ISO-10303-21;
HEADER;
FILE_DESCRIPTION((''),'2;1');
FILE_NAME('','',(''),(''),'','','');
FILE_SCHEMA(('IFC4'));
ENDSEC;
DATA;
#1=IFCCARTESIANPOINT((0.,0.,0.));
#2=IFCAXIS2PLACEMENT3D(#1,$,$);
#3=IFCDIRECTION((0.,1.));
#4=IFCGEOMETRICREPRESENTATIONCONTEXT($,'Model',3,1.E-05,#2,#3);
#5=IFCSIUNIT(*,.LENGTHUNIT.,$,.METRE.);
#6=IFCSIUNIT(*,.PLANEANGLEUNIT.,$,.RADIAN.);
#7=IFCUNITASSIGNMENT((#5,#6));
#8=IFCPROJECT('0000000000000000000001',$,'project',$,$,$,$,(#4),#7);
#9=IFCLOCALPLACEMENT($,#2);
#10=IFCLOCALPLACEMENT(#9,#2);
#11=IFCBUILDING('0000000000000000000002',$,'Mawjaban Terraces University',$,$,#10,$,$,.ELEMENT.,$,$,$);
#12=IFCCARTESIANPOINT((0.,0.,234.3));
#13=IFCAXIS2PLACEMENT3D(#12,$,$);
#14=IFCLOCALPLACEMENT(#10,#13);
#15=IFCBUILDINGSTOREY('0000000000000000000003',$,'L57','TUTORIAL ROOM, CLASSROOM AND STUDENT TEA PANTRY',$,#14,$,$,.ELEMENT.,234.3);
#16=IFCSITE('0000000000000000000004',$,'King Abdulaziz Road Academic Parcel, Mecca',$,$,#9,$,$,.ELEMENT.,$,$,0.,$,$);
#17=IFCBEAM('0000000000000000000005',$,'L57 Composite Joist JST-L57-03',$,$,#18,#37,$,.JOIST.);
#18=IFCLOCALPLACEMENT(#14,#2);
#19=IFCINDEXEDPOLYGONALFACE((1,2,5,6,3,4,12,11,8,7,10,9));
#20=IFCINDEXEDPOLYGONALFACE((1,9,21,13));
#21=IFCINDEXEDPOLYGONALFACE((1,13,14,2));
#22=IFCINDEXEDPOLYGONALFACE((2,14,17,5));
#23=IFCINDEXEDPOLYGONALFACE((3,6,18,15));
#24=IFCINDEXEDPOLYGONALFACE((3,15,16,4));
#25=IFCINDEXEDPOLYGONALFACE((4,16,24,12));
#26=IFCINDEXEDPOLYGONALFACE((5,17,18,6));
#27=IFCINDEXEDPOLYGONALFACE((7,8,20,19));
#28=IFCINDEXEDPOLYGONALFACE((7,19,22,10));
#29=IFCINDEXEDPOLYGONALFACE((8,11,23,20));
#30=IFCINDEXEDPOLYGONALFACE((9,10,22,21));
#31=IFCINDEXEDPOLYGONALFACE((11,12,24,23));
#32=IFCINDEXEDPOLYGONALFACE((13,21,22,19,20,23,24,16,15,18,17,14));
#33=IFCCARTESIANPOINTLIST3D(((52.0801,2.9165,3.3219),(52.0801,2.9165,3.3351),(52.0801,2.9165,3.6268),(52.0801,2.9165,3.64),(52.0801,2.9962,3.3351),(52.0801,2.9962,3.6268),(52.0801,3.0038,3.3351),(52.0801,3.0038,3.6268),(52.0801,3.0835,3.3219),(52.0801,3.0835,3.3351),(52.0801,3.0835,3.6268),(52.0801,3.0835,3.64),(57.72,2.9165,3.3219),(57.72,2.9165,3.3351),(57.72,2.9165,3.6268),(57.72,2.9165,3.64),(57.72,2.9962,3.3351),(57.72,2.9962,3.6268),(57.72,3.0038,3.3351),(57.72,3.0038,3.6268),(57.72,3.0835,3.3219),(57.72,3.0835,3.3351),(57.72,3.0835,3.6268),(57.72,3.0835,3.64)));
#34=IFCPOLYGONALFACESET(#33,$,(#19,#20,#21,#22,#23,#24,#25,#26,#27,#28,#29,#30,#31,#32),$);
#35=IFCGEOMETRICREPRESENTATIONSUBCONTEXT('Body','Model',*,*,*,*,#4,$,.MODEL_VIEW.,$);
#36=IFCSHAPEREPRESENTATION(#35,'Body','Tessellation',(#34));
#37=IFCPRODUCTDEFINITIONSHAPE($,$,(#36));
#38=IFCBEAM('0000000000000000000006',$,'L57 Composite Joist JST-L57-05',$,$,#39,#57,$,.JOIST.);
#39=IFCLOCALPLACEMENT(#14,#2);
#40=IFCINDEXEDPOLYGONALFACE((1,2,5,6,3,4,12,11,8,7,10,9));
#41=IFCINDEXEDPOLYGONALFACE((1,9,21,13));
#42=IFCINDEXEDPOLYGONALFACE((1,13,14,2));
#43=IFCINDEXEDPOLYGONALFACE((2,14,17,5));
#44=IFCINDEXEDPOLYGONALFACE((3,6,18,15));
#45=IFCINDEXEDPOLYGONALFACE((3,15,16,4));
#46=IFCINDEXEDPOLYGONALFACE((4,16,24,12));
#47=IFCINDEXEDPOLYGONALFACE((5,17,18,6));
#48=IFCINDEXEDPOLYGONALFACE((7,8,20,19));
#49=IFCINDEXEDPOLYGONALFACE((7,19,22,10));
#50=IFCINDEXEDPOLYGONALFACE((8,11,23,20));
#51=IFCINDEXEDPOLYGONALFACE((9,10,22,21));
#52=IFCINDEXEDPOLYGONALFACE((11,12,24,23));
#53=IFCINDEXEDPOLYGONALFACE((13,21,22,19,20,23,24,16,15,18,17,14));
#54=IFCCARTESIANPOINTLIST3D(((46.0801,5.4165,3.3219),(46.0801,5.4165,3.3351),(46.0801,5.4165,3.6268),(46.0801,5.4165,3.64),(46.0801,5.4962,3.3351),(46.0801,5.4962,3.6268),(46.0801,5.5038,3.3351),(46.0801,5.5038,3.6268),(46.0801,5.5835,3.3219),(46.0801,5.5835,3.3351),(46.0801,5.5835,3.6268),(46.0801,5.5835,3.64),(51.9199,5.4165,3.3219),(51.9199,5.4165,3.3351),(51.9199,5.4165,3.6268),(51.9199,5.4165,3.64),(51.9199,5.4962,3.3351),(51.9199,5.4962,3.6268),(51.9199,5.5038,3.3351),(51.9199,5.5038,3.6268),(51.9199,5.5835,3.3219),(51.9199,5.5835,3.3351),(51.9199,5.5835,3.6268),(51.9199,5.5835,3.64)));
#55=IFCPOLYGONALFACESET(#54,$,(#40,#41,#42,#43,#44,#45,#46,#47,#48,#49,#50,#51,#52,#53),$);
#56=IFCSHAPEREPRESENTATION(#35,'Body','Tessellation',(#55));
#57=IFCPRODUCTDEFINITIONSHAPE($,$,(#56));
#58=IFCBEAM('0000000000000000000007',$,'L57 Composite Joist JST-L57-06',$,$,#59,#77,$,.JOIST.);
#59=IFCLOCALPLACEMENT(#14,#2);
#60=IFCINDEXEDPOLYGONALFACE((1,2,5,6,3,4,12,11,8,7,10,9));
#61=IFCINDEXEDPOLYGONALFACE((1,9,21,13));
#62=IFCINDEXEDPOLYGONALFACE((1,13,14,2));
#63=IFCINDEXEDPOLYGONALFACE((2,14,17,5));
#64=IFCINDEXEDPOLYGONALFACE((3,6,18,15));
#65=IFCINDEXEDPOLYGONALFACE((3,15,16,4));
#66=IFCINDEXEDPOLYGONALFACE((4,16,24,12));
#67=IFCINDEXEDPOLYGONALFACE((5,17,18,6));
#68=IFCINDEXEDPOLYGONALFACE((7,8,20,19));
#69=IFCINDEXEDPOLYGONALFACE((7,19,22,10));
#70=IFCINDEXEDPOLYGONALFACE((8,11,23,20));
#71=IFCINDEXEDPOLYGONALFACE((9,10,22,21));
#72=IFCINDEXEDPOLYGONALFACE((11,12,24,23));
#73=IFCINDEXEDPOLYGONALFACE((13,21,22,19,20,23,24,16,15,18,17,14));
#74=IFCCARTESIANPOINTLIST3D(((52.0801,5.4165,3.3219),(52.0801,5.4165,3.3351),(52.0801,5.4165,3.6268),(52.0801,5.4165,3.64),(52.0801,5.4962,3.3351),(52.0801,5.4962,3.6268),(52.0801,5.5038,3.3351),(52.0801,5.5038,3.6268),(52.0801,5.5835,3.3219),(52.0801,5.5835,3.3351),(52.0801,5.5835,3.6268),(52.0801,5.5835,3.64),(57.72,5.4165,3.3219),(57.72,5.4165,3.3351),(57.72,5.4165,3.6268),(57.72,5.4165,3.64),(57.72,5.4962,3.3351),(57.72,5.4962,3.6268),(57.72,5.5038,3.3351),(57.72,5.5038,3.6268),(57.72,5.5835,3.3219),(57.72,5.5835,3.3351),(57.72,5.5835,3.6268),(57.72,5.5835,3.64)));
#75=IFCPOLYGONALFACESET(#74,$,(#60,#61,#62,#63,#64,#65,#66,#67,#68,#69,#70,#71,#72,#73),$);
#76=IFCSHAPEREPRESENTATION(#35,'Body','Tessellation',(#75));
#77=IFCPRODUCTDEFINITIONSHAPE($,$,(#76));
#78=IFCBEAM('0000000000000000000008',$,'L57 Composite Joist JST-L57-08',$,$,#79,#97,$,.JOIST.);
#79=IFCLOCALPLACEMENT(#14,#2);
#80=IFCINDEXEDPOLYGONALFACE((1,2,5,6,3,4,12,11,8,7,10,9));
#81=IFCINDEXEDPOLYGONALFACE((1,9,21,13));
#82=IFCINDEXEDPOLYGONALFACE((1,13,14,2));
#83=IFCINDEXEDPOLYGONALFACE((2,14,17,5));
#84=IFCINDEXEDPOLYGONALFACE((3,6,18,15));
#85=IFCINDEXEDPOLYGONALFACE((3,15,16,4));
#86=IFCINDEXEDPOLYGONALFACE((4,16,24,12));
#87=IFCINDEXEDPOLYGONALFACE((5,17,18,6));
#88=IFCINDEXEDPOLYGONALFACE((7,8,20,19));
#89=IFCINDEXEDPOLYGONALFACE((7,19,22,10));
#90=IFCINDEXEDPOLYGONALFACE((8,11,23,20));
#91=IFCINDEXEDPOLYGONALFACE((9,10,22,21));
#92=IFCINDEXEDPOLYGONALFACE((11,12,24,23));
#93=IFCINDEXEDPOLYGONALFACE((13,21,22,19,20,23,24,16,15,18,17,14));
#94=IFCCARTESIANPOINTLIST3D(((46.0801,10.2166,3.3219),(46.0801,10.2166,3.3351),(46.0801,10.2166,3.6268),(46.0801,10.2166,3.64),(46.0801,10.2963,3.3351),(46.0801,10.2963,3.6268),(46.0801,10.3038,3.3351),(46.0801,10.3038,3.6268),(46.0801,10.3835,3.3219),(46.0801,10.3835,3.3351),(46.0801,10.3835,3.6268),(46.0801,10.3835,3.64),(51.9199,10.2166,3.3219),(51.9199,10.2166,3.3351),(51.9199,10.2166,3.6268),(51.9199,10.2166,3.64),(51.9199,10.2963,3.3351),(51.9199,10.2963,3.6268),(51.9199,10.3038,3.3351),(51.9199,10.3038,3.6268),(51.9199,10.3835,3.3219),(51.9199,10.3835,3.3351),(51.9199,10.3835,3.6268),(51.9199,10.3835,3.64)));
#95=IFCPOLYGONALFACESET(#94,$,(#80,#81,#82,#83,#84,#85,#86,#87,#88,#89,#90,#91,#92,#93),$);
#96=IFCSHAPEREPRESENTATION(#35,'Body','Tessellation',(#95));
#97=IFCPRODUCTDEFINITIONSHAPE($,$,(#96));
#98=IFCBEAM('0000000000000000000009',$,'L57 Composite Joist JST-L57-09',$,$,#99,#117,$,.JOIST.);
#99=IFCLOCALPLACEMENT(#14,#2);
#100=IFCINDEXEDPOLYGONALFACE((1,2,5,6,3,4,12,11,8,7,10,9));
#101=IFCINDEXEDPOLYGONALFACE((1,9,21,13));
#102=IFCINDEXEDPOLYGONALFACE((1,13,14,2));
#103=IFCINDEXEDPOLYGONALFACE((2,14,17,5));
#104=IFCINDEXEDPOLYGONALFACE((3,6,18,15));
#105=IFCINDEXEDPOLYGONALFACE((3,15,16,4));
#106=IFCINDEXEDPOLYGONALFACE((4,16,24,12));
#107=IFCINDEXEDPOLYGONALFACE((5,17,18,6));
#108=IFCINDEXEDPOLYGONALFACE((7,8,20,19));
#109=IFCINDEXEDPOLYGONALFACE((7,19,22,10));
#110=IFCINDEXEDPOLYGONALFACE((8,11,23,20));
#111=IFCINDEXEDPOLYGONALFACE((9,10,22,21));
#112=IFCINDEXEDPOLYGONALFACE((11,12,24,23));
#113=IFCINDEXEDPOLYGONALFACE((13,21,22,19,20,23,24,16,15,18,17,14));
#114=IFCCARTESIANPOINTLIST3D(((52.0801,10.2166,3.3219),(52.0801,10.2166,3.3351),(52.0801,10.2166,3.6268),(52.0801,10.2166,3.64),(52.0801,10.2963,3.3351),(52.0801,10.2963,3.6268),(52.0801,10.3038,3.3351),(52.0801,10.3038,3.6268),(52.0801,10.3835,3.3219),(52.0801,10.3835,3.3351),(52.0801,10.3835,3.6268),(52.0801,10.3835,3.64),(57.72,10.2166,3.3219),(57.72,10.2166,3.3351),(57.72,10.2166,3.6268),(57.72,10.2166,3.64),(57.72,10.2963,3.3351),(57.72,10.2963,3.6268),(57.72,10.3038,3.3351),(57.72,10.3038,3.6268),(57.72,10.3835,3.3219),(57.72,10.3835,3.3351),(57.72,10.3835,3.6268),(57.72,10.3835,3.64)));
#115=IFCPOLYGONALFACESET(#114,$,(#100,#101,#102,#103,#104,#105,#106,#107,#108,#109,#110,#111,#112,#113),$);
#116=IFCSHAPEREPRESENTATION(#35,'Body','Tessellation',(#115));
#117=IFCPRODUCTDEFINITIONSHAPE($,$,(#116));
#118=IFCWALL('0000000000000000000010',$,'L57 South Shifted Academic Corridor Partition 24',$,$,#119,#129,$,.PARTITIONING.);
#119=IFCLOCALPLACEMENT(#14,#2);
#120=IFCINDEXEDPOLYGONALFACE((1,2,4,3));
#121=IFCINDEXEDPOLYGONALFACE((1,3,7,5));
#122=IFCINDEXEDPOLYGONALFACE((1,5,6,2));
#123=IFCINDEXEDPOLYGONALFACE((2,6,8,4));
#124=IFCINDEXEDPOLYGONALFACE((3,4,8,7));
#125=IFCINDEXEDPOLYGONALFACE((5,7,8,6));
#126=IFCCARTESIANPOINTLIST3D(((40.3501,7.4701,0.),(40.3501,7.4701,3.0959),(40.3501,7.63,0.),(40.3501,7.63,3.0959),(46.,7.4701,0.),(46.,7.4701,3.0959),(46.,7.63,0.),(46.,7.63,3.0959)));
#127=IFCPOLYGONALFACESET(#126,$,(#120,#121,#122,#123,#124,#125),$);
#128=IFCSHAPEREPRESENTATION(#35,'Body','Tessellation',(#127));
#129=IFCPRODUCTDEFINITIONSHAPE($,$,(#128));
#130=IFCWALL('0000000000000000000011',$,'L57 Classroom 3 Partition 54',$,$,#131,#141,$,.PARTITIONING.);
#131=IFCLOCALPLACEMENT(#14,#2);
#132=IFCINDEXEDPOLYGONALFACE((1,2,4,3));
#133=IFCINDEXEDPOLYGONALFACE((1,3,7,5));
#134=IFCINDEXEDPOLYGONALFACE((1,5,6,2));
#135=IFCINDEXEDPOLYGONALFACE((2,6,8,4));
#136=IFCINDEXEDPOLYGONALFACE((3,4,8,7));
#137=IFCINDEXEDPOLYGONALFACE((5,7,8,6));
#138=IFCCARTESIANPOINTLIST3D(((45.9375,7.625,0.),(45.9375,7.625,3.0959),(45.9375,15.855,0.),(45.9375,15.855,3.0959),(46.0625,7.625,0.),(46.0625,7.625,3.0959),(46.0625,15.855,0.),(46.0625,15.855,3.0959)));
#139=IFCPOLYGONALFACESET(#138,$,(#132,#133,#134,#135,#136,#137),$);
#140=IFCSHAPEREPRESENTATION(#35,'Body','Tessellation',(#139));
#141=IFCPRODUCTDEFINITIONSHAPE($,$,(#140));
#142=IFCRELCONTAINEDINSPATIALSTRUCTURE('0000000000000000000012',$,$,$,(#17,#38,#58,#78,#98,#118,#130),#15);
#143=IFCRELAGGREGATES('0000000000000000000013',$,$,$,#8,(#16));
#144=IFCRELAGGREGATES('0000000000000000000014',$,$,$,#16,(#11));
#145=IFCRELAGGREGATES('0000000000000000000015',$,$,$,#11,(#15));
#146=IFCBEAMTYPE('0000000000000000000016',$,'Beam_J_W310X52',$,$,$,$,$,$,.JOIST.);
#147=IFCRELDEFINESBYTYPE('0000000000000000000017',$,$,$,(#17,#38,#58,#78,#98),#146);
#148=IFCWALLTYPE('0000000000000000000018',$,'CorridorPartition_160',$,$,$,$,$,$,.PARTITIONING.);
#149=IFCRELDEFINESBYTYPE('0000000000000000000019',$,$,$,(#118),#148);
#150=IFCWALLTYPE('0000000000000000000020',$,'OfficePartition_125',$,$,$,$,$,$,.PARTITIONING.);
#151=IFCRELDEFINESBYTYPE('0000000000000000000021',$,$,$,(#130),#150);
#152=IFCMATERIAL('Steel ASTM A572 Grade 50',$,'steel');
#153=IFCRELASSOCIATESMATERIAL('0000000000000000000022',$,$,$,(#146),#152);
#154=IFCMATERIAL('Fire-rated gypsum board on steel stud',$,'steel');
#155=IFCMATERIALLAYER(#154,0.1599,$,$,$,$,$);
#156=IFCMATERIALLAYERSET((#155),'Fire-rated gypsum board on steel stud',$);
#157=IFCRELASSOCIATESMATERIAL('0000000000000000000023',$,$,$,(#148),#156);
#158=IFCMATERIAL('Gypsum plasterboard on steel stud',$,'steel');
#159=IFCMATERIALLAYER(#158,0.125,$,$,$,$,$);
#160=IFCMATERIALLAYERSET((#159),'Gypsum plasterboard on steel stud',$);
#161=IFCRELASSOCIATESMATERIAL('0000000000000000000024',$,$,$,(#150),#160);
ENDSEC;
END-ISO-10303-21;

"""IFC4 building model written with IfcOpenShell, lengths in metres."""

from ifc_helpers import new_model, si_unit, direction, frame, frame_2d, origin, origin_2d, place, context, subcontext, project, spatial, rectangle, i_section, extrude, material, layer, layer_set, material_profile, profile_set, type_object, element, save


model = new_model("IFC4")

# Units and contexts
model_context = context("Model", 3, precision=1e-05, world=origin(), true_north=direction((0.0, 1.0)))
body_context = subcontext(model_context, "Body", "Model", "MODEL_VIEW")
ifc_project = project(units=[si_unit("LENGTHUNIT", "METRE"), si_unit("PLANEANGLEUNIT", "RADIAN")], contexts=[model_context])

# Site, building, storey
site_placement = place(None, origin())
site = spatial("IfcSite", under=ifc_project, at=site_placement, Name="King Abdulaziz Road Academic Parcel, Mecca", CompositionType="ELEMENT", RefElevation=0.0)
building_placement = place(site_placement, origin())
building = spatial("IfcBuilding", under=site, at=building_placement, Name="Mawjaban Terraces University", CompositionType="ELEMENT")
storey_placement = place(building_placement, frame((0.0, 0.0, 234.3)))
storey = spatial("IfcBuildingStorey", under=building, at=storey_placement, Name="L57", Description="TUTORIAL ROOM, CLASSROOM AND STUDENT TEA PANTRY", CompositionType="ELEMENT", Elevation=234.3)

# Beams
ifc_material_1 = material(Name="Steel ASTM A572 Grade 50", Category="steel")
ifc_material_profile_1 = material_profile(ifc_material_1, i_section(OverallWidth=0.167, OverallDepth=0.3181, WebThickness=0.0076, FlangeThickness=0.0132, at=origin_2d()), Name="W310X52")
ifc_profile_set_1 = profile_set([ifc_material_profile_1], Name="Steel ASTM A572 Grade 50")
beam_type_1 = type_object("IfcBeamType", Name="Beam_J_W310X52", PredefinedType="JOIST", material=ifc_profile_set_1)
beam_1_placement = place(storey_placement, frame((52.0801, 3.0, 3.481), z_axis=(1.0, 0.0, 0.0), x_axis=(0.0, 1.0, 0.0)))
element("IfcBeam", 1, at=beam_1_placement, inside=storey, type_object=beam_type_1, Name="L57 Composite Joist JST-L57-03", PredefinedType="JOIST", context=body_context, shape_type="SweptSolid", body=[
    extrude(i_section(OverallWidth=0.167, OverallDepth=0.3181, WebThickness=0.0076, FlangeThickness=0.0132, at=origin_2d()), origin(), (0.0, 0.0, 1.0), 5.6399),
])
beam_2_placement = place(storey_placement, frame((46.0801, 5.5, 3.481), z_axis=(1.0, 0.0, 0.0), x_axis=(0.0, 1.0, 0.0)))
element("IfcBeam", 2, at=beam_2_placement, inside=storey, type_object=beam_type_1, Name="L57 Composite Joist JST-L57-05", PredefinedType="JOIST", context=body_context, shape_type="SweptSolid", body=[
    extrude(i_section(OverallWidth=0.167, OverallDepth=0.3181, WebThickness=0.0076, FlangeThickness=0.0132, at=origin_2d()), origin(), (0.0, 0.0, 1.0), 5.8398),
])
beam_3_placement = place(storey_placement, frame((52.0801, 5.5, 3.481), z_axis=(1.0, 0.0, 0.0), x_axis=(0.0, 1.0, 0.0)))
element("IfcBeam", 3, at=beam_3_placement, inside=storey, type_object=beam_type_1, Name="L57 Composite Joist JST-L57-06", PredefinedType="JOIST", context=body_context, shape_type="SweptSolid", body=[
    extrude(i_section(OverallWidth=0.167, OverallDepth=0.3181, WebThickness=0.0076, FlangeThickness=0.0132, at=origin_2d()), origin(), (0.0, 0.0, 1.0), 5.6399),
])
beam_4_placement = place(storey_placement, frame((46.0801, 10.3, 3.481), z_axis=(1.0, 0.0, 0.0), x_axis=(0.0, 1.0, 0.0)))
element("IfcBeam", 4, at=beam_4_placement, inside=storey, type_object=beam_type_1, Name="L57 Composite Joist JST-L57-08", PredefinedType="JOIST", context=body_context, shape_type="SweptSolid", body=[
    extrude(i_section(OverallWidth=0.167, OverallDepth=0.3181, WebThickness=0.0076, FlangeThickness=0.0132, at=origin_2d()), origin(), (0.0, 0.0, 1.0), 5.8398),
])
beam_5_placement = place(storey_placement, frame((52.0801, 10.3, 3.481), z_axis=(1.0, 0.0, 0.0), x_axis=(0.0, 1.0, 0.0)))
element("IfcBeam", 5, at=beam_5_placement, inside=storey, type_object=beam_type_1, Name="L57 Composite Joist JST-L57-09", PredefinedType="JOIST", context=body_context, shape_type="SweptSolid", body=[
    extrude(i_section(OverallWidth=0.167, OverallDepth=0.3181, WebThickness=0.0076, FlangeThickness=0.0132, at=origin_2d()), origin(), (0.0, 0.0, 1.0), 5.6399),
])

# Walls
ifc_material_2 = material(Name="Fire-rated gypsum board on steel stud", Category="steel")
ifc_layer_1 = layer(ifc_material_2, 0.1599)
ifc_layer_set_1 = layer_set([ifc_layer_1], Name="Fire-rated gypsum board on steel stud")
wall_type_1 = type_object("IfcWallType", Name="CorridorPartition_160", PredefinedType="PARTITIONING", material=ifc_layer_set_1)
wall_1_placement = place(storey_placement, frame((46.0, 7.55, 0.0), z_axis=(0.0, 0.0, 1.0), x_axis=(-1.0, 0.0, 0.0)))
element("IfcWall", 6, at=wall_1_placement, inside=storey, type_object=wall_type_1, Name="L57 South Shifted Academic Corridor Partition 24", PredefinedType="PARTITIONING", context=body_context, shape_type="SweptSolid", body=[
    extrude(rectangle(XDim=5.6499, YDim=0.1599, at=frame_2d((2.825, 0.0))), origin(), (0.0, 0.0, 1.0), 3.0959),
])
ifc_material_3 = material(Name="Gypsum plasterboard on steel stud", Category="steel")
ifc_layer_2 = layer(ifc_material_3, 0.125)
ifc_layer_set_2 = layer_set([ifc_layer_2], Name="Gypsum plasterboard on steel stud")
wall_type_2 = type_object("IfcWallType", Name="OfficePartition_125", PredefinedType="PARTITIONING", material=ifc_layer_set_2)
wall_2_placement = place(storey_placement, frame((46.0, 7.625, 0.0), z_axis=(0.0, 0.0, 1.0), x_axis=(0.0, 1.0, 0.0)))
element("IfcWall", 7, at=wall_2_placement, inside=storey, type_object=wall_type_2, Name="L57 Classroom 3 Partition 54", PredefinedType="PARTITIONING", context=body_context, shape_type="SweptSolid", body=[
    extrude(rectangle(XDim=8.23, YDim=0.125, at=frame_2d((4.115, 0.0))), origin(), (0.0, 0.0, 1.0), 3.0959),
])

save(model, "model.ifc")
